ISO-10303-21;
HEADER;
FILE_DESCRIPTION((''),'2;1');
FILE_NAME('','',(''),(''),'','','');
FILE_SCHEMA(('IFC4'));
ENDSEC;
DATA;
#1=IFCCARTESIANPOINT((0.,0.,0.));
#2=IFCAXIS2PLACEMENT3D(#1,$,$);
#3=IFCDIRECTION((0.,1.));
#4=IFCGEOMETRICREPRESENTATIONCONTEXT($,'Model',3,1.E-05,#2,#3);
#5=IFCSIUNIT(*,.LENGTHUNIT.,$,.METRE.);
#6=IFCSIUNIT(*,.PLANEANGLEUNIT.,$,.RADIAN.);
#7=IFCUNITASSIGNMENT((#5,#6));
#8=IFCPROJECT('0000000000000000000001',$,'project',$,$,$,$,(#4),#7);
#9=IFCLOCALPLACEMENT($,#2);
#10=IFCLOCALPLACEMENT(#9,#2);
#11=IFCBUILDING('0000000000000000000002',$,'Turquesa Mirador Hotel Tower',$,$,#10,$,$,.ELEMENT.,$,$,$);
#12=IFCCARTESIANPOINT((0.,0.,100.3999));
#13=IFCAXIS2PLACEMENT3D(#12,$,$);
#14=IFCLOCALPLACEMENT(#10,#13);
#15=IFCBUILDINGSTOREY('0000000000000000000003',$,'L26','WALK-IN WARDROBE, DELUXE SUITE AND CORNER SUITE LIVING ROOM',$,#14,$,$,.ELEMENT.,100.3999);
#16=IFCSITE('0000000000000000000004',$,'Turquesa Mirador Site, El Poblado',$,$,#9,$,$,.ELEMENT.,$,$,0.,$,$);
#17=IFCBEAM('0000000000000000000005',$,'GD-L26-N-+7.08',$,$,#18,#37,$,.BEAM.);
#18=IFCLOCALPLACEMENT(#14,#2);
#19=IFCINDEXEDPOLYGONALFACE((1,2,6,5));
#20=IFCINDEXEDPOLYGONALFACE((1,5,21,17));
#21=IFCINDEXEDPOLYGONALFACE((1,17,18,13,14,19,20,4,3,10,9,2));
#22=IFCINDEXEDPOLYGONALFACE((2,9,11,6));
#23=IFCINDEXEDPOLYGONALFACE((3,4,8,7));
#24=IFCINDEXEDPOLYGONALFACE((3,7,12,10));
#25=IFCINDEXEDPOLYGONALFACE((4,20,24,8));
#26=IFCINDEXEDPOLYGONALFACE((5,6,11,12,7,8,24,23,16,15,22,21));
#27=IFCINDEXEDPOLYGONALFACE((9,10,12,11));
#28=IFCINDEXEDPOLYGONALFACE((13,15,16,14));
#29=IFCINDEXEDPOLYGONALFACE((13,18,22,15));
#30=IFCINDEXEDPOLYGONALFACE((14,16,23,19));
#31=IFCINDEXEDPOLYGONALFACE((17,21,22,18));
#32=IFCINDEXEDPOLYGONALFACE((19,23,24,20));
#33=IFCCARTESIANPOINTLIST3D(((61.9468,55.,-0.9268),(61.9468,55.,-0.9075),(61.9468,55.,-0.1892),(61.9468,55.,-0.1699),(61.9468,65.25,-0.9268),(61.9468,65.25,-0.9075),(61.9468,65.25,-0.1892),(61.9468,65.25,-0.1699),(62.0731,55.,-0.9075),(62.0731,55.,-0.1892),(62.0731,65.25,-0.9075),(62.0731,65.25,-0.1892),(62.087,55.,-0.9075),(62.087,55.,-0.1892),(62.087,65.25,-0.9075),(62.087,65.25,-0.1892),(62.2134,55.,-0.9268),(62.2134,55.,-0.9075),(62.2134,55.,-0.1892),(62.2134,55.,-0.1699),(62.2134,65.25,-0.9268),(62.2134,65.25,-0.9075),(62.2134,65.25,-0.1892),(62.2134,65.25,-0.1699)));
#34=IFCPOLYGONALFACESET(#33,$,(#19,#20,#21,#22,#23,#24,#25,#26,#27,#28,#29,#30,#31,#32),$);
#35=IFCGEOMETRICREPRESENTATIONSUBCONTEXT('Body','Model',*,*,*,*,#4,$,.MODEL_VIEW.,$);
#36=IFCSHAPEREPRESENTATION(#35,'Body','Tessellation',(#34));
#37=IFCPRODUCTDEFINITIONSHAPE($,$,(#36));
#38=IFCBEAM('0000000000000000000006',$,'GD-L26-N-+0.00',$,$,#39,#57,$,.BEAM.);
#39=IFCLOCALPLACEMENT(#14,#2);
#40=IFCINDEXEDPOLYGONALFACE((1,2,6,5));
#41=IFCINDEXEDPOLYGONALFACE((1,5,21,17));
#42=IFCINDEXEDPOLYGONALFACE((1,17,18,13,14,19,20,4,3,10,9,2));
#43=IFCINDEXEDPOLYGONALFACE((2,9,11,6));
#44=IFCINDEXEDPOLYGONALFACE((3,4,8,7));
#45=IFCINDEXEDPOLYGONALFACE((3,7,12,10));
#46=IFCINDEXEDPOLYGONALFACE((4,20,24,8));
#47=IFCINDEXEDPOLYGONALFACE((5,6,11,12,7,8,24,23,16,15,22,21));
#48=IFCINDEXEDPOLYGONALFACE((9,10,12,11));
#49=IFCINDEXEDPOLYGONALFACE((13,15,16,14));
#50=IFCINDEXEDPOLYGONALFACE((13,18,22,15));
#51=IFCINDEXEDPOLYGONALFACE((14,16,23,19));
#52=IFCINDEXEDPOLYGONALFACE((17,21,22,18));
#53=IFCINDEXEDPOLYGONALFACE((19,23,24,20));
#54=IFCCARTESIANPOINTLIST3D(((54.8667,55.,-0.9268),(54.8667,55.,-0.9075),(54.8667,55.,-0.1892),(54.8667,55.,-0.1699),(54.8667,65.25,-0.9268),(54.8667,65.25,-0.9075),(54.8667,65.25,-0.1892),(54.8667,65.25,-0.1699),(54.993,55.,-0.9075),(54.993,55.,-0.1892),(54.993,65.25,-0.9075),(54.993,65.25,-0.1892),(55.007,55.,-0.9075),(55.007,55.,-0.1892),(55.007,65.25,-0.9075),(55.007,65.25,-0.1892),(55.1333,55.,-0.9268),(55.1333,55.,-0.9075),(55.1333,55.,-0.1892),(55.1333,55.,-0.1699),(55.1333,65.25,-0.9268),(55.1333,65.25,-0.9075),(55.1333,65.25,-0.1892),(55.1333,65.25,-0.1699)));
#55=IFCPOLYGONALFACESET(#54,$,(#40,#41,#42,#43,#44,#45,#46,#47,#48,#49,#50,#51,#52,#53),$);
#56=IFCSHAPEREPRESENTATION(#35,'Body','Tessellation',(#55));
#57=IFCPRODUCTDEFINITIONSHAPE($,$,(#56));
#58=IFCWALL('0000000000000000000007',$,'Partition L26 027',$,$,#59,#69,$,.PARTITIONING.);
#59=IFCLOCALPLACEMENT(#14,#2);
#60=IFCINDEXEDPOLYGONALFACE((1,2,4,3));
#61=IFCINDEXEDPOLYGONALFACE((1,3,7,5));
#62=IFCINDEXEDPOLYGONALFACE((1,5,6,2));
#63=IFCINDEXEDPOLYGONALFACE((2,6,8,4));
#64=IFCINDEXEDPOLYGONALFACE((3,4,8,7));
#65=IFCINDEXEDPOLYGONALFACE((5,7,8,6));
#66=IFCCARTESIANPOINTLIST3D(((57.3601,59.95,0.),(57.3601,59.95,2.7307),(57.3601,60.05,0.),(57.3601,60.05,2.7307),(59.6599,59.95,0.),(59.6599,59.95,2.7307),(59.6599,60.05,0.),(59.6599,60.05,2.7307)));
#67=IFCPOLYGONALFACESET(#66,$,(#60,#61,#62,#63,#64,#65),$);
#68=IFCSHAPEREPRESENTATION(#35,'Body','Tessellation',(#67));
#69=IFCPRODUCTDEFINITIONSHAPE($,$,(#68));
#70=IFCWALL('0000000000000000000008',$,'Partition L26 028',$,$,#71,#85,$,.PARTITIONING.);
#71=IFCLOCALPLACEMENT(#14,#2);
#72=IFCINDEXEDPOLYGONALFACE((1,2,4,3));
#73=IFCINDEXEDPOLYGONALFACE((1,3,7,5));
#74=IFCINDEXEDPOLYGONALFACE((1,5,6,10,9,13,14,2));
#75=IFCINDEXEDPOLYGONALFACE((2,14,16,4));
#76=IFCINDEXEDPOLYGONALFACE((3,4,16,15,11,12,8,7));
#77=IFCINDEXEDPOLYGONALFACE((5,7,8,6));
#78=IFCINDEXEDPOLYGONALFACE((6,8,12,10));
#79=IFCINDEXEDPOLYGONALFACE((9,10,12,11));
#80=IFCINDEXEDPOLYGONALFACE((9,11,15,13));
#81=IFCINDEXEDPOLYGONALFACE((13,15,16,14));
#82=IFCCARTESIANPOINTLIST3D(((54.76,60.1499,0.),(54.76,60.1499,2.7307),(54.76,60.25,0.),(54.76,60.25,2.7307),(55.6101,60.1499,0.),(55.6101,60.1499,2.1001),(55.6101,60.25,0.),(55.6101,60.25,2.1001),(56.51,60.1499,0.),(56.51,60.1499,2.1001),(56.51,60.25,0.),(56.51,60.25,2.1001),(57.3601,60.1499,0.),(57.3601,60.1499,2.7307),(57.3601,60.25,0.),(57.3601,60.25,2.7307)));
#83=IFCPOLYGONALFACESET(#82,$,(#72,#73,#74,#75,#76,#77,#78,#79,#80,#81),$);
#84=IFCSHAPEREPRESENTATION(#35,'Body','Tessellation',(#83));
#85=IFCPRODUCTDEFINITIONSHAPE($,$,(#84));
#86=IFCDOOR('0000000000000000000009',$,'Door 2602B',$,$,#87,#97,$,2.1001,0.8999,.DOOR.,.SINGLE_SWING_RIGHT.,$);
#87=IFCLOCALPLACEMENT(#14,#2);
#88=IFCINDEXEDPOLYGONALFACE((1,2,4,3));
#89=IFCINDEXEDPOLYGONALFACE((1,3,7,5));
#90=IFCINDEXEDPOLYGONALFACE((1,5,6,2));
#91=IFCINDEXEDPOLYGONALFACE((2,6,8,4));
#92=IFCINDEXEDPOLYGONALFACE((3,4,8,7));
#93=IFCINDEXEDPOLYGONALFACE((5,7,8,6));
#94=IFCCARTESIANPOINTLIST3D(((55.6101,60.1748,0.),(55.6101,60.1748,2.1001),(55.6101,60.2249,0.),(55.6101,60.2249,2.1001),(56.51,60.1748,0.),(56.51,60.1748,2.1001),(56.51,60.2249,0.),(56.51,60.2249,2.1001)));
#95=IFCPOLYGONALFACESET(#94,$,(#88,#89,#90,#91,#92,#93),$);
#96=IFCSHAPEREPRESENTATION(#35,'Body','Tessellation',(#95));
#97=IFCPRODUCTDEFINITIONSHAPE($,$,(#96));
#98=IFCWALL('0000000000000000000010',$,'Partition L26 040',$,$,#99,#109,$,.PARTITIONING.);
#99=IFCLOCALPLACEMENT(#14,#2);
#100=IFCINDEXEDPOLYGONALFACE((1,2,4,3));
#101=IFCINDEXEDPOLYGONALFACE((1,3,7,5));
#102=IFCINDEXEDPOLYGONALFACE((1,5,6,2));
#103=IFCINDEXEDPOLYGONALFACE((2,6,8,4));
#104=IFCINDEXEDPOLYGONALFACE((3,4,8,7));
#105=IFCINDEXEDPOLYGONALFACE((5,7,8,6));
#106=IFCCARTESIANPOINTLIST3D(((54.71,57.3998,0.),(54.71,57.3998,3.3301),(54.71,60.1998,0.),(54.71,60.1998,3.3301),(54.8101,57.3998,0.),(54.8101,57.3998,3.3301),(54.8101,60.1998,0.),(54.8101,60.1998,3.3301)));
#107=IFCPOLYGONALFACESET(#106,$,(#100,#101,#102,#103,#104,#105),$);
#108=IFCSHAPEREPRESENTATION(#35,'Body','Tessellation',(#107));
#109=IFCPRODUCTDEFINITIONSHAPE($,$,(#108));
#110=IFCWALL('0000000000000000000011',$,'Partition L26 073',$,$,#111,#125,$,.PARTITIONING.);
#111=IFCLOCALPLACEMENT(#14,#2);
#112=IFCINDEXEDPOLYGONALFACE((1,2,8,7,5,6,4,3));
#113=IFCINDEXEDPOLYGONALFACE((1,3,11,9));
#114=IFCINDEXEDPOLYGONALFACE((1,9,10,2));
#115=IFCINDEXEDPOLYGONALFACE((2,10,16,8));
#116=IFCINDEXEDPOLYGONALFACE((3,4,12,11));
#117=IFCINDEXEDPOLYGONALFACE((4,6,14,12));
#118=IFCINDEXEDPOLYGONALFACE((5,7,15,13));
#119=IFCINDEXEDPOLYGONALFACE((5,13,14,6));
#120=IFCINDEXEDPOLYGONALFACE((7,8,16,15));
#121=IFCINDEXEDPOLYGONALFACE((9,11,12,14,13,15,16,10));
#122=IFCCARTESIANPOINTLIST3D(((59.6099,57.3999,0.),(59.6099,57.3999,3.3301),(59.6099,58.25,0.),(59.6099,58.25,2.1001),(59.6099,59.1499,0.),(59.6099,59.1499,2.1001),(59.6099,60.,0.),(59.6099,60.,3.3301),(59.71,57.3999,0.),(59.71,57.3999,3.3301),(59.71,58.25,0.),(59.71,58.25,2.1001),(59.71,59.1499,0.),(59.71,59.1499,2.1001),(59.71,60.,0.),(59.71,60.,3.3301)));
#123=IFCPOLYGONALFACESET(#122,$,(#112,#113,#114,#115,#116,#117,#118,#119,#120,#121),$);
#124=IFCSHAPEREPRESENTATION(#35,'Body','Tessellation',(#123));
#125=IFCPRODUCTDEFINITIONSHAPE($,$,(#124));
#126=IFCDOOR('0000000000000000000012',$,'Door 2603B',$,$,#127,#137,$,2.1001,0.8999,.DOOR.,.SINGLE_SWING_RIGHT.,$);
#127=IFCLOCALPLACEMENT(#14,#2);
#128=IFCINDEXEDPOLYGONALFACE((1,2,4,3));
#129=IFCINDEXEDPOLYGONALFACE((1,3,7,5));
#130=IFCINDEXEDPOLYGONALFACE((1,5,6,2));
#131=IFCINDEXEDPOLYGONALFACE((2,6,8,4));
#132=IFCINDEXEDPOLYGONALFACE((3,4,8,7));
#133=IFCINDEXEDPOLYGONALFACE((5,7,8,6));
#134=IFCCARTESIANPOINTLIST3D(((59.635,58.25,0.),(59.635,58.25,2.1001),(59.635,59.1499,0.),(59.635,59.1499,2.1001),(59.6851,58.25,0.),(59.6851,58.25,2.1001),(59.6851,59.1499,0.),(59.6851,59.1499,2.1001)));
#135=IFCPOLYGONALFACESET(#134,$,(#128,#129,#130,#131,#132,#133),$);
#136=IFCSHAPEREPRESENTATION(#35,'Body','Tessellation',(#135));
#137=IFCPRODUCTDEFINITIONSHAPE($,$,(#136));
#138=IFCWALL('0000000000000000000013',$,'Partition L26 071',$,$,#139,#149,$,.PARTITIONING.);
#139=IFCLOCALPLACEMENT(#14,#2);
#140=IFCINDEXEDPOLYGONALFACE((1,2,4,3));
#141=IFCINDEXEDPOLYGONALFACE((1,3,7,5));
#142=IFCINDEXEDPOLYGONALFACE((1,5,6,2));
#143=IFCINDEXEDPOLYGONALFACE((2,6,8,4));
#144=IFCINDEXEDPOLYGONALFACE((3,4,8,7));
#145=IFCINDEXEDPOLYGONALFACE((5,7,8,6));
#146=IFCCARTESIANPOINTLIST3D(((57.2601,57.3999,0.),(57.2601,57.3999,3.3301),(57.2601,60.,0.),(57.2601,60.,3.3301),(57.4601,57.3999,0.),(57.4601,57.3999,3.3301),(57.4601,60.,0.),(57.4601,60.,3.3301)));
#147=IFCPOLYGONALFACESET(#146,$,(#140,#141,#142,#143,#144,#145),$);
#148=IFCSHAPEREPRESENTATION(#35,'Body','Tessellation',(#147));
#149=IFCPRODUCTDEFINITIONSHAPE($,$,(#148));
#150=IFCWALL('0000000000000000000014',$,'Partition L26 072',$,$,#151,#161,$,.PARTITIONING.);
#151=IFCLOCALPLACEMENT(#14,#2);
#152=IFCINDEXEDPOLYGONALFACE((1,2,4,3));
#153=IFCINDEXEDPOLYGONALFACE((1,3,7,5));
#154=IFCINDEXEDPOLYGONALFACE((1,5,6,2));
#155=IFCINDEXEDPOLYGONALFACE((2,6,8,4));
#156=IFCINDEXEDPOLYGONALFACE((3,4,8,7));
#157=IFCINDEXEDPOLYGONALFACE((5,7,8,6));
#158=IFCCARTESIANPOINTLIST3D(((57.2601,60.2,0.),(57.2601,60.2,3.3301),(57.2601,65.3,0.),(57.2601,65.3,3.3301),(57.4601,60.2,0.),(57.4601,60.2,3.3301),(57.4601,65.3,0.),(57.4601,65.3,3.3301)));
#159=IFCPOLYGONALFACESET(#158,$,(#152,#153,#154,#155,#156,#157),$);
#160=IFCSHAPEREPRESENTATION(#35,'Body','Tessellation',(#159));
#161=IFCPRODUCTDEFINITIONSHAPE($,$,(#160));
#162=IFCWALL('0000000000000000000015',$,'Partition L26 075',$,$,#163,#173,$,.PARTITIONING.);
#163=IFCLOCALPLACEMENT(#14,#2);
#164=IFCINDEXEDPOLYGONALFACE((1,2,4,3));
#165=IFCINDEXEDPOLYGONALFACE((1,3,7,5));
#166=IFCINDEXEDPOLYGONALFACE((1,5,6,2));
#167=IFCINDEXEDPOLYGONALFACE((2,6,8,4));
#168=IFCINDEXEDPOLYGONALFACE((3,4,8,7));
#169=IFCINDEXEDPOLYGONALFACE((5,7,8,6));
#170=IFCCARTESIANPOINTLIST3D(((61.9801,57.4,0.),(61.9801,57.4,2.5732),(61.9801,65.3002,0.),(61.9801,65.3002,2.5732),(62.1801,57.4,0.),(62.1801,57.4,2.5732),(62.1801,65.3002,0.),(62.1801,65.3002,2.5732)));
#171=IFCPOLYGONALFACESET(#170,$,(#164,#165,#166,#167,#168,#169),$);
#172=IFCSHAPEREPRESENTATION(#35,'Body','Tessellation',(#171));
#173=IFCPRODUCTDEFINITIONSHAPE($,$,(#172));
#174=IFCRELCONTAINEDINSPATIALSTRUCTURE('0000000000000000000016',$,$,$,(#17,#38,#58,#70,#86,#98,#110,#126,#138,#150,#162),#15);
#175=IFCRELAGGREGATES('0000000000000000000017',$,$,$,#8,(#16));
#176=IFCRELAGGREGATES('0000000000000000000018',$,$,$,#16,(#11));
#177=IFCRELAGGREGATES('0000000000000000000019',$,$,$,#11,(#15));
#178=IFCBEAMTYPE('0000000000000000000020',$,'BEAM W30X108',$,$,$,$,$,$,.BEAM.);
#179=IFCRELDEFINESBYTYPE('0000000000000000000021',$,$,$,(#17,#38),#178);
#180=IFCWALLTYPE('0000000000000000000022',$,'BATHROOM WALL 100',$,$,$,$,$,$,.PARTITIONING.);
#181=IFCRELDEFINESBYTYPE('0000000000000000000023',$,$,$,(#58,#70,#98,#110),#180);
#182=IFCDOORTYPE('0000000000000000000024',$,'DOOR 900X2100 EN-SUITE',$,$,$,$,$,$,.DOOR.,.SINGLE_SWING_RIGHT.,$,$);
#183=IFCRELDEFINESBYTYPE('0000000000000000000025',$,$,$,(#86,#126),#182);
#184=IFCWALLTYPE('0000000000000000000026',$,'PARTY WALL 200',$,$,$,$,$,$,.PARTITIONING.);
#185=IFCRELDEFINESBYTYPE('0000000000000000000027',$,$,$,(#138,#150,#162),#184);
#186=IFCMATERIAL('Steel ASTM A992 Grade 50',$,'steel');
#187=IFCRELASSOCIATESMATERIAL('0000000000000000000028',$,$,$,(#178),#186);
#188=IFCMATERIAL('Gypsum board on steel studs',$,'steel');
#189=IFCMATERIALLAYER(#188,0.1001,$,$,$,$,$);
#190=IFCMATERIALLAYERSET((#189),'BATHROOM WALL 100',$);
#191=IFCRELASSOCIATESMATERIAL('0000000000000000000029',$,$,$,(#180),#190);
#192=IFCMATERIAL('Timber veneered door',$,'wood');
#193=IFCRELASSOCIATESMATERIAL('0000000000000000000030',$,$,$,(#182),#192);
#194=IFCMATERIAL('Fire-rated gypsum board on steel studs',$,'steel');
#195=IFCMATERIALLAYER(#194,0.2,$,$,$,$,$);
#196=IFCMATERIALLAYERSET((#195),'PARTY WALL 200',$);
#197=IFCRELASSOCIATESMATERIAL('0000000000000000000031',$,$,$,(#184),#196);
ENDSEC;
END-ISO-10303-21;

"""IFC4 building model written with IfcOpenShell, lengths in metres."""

from ifc_helpers import new_model, si_unit, direction, frame, frame_2d, origin, origin_2d, place, context, subcontext, project, spatial, rectangle, i_section, extrude, material, layer, layer_set, material_profile, profile_set, type_object, element, fill, save


model = new_model("IFC4")

# Units and contexts
model_context = context("Model", 3, precision=1e-05, world=origin(), true_north=direction((0.0, 1.0)))
body_context = subcontext(model_context, "Body", "Model", "MODEL_VIEW")
ifc_project = project(units=[si_unit("LENGTHUNIT", "METRE"), si_unit("PLANEANGLEUNIT", "RADIAN")], contexts=[model_context])

# Site, building, storey
site_placement = place(None, origin())
site = spatial("IfcSite", under=ifc_project, at=site_placement, Name="Turquesa Mirador Site, El Poblado", CompositionType="ELEMENT", RefElevation=0.0)
building_placement = place(site_placement, origin())
building = spatial("IfcBuilding", under=site, at=building_placement, Name="Turquesa Mirador Hotel Tower", CompositionType="ELEMENT")
storey_placement = place(building_placement, frame((0.0, 0.0, 100.3999)))
storey = spatial("IfcBuildingStorey", under=building, at=storey_placement, Name="L26", Description="WALK-IN WARDROBE, DELUXE SUITE AND CORNER SUITE LIVING ROOM", CompositionType="ELEMENT", Elevation=100.3999)

# Beams
ifc_material_1 = material(Name="Steel ASTM A992 Grade 50", Category="steel")
ifc_material_profile_1 = material_profile(ifc_material_1, i_section(OverallWidth=0.2666, OverallDepth=0.7568, WebThickness=0.0139, FlangeThickness=0.0193, at=origin_2d()), Name="W30X108")
ifc_profile_set_1 = profile_set([ifc_material_profile_1], Name="Steel ASTM A992 Grade 50")
beam_type_1 = type_object("IfcBeamType", Name="BEAM W30X108", PredefinedType="BEAM", material=ifc_profile_set_1)
for number, where, z_axis, x_axis, name in (
    (1, (62.0801, 65.25, -0.5483), (0.0, -1.0, 0.0), (1.0, 0.0, 0.0), "GD-L26-N-+7.08"),
    (2, (55.0, 65.25, -0.5483), (0.0, -1.0, 0.0), (1.0, 0.0, 0.0), "GD-L26-N-+0.00"),
):
    element("IfcBeam", number, at=place(storey_placement, frame(where, z_axis=z_axis, x_axis=x_axis)), inside=storey, type_object=beam_type_1, Name=name, PredefinedType="BEAM", context=body_context, shape_type="SweptSolid", body=[
        extrude(i_section(OverallWidth=0.2666, OverallDepth=0.7568, WebThickness=0.0139, FlangeThickness=0.0193, at=origin_2d()), origin(), (0.0, 0.0, 1.0), 10.25),
    ])

# Wall
ifc_material_2 = material(Name="Gypsum board on steel studs", Category="steel")
ifc_layer_1 = layer(ifc_material_2, 0.1001)
ifc_layer_set_1 = layer_set([ifc_layer_1], Name="BATHROOM WALL 100")
wall_type_1 = type_object("IfcWallType", Name="BATHROOM WALL 100", PredefinedType="PARTITIONING", material=ifc_layer_set_1)
wall_1_placement = place(storey_placement, frame((57.3601, 60.0, 0.0), z_axis=(0.0, 0.0, 1.0), x_axis=(1.0, 0.0, 0.0)))
element("IfcWall", 3, at=wall_1_placement, inside=storey, type_object=wall_type_1, Name="Partition L26 027", PredefinedType="PARTITIONING", context=body_context, shape_type="SweptSolid", body=[
    extrude(rectangle(XDim=2.2998, YDim=0.1001, at=frame_2d((1.1499, 0.0))), origin(), (0.0, 0.0, 1.0), 2.7307),
])

# Wall, opening, door
wall_2_placement = place(storey_placement, frame((54.76, 60.2, 0.0), z_axis=(0.0, 0.0, 1.0), x_axis=(1.0, 0.0, 0.0)))
wall_2 = element("IfcWall", 4, at=wall_2_placement, inside=storey, type_object=wall_type_1, Name="Partition L26 028", PredefinedType="PARTITIONING", context=body_context, shape_type="SweptSolid", body=[
    extrude(rectangle(XDim=2.6001, YDim=0.1001, at=frame_2d((1.3, 0.0))), origin(), (0.0, 0.0, 1.0), 2.7307),
])
opening_1_placement = place(wall_2_placement, frame((0.8501, 0.0, 0.0)))
opening_1 = element("IfcOpeningElement", 5, at=opening_1_placement, cuts=wall_2, PredefinedType="OPENING", context=body_context, shape_type="SweptSolid", body=[
    extrude(rectangle(XDim=0.8999, YDim=2.1001, at=frame_2d((0.45, 1.05))), frame((0.0, 0.0601, 0.0), z_axis=(0.0, -1.0, 0.0), x_axis=(1.0, 0.0, 0.0)), (0.0, 0.0, 1.0), 0.1201),
])
ifc_material_3 = material(Name="Timber veneered door", Category="wood")
door_type = type_object("IfcDoorType", Name="DOOR 900X2100 EN-SUITE", OperationType="SINGLE_SWING_RIGHT", PredefinedType="DOOR", material=ifc_material_3)
door_1_placement = place(opening_1_placement, origin())
door_1 = element("IfcDoor", 6, at=door_1_placement, inside=storey, type_object=door_type, Name="Door 2602B", OperationType="SINGLE_SWING_RIGHT", OverallHeight=2.1001, OverallWidth=0.8999, PredefinedType="DOOR", context=body_context, shape_type="SweptSolid", body=[
    extrude(rectangle(XDim=0.8999, YDim=2.1001, at=frame_2d((0.45, 1.05))), frame((0.0, 0.0249, 0.0), z_axis=(0.0, -1.0, 0.0), x_axis=(1.0, 0.0, 0.0)), (0.0, 0.0, 1.0), 0.05),
])
fill(opening_1, door_1)

# Wall
wall_3_placement = place(storey_placement, frame((54.76, 57.3999, 0.0), z_axis=(0.0, 0.0, 1.0), x_axis=(0.0, 1.0, 0.0)))
element("IfcWall", 7, at=wall_3_placement, inside=storey, type_object=wall_type_1, Name="Partition L26 040", PredefinedType="PARTITIONING", context=body_context, shape_type="SweptSolid", body=[
    extrude(rectangle(XDim=2.8, YDim=0.1001, at=frame_2d((1.3999, 0.0))), origin(), (0.0, 0.0, 1.0), 3.3301),
])

# Wall, opening, door
wall_4_placement = place(storey_placement, frame((59.6599, 57.3999, 0.0), z_axis=(0.0, 0.0, 1.0), x_axis=(0.0, 1.0, 0.0)))
wall_4 = element("IfcWall", 8, at=wall_4_placement, inside=storey, type_object=wall_type_1, Name="Partition L26 073", PredefinedType="PARTITIONING", context=body_context, shape_type="SweptSolid", body=[
    extrude(rectangle(XDim=2.6001, YDim=0.1001, at=frame_2d((1.3, 0.0))), origin(), (0.0, 0.0, 1.0), 3.3301),
])
opening_2_placement = place(wall_4_placement, frame((0.8501, 0.0, 0.0)))
opening_2 = element("IfcOpeningElement", 9, at=opening_2_placement, cuts=wall_4, PredefinedType="OPENING", context=body_context, shape_type="SweptSolid", body=[
    extrude(rectangle(XDim=0.8999, YDim=2.1001, at=frame_2d((0.45, 1.05))), frame((0.0, 0.0601, 0.0), z_axis=(0.0, -1.0, 0.0), x_axis=(1.0, 0.0, 0.0)), (0.0, 0.0, 1.0), 0.1201),
])
door_2_placement = place(opening_2_placement, origin())
door_2 = element("IfcDoor", 10, at=door_2_placement, inside=storey, type_object=door_type, Name="Door 2603B", OperationType="SINGLE_SWING_RIGHT", OverallHeight=2.1001, OverallWidth=0.8999, PredefinedType="DOOR", context=body_context, shape_type="SweptSolid", body=[
    extrude(rectangle(XDim=0.8999, YDim=2.1001, at=frame_2d((0.45, 1.05))), frame((0.0, 0.0249, 0.0), z_axis=(0.0, -1.0, 0.0), x_axis=(1.0, 0.0, 0.0)), (0.0, 0.0, 1.0), 0.05),
])
fill(opening_2, door_2)

# Walls
ifc_material_4 = material(Name="Fire-rated gypsum board on steel studs", Category="steel")
ifc_layer_2 = layer(ifc_material_4, 0.2)
ifc_layer_set_2 = layer_set([ifc_layer_2], Name="PARTY WALL 200")
wall_type_2 = type_object("IfcWallType", Name="PARTY WALL 200", PredefinedType="PARTITIONING", material=ifc_layer_set_2)
wall_5_placement = place(storey_placement, frame((57.3601, 57.3999, 0.0), z_axis=(0.0, 0.0, 1.0), x_axis=(0.0, 1.0, 0.0)))
element("IfcWall", 11, at=wall_5_placement, inside=storey, type_object=wall_type_2, Name="Partition L26 071", PredefinedType="PARTITIONING", context=body_context, shape_type="SweptSolid", body=[
    extrude(rectangle(XDim=2.6001, YDim=0.2, at=frame_2d((1.3, 0.0))), origin(), (0.0, 0.0, 1.0), 3.3301),
])
wall_6_placement = place(storey_placement, frame((57.3601, 60.2, 0.0), z_axis=(0.0, 0.0, 1.0), x_axis=(0.0, 1.0, 0.0)))
element("IfcWall", 12, at=wall_6_placement, inside=storey, type_object=wall_type_2, Name="Partition L26 072", PredefinedType="PARTITIONING", context=body_context, shape_type="SweptSolid", body=[
    extrude(rectangle(XDim=5.1001, YDim=0.2, at=frame_2d((2.55, 0.0))), origin(), (0.0, 0.0, 1.0), 3.3301),
])
wall_7_placement = place(storey_placement, frame((62.0801, 57.3999, 0.0), z_axis=(0.0, 0.0, 1.0), x_axis=(0.0, 1.0, 0.0)))
element("IfcWall", 13, at=wall_7_placement, inside=storey, type_object=wall_type_2, Name="Partition L26 075", PredefinedType="PARTITIONING", context=body_context, shape_type="SweptSolid", body=[
    extrude(rectangle(XDim=7.9001, YDim=0.2, at=frame_2d((3.9502, 0.0))), origin(), (0.0, 0.0, 1.0), 2.5732),
])

save(model, "model.ifc")
